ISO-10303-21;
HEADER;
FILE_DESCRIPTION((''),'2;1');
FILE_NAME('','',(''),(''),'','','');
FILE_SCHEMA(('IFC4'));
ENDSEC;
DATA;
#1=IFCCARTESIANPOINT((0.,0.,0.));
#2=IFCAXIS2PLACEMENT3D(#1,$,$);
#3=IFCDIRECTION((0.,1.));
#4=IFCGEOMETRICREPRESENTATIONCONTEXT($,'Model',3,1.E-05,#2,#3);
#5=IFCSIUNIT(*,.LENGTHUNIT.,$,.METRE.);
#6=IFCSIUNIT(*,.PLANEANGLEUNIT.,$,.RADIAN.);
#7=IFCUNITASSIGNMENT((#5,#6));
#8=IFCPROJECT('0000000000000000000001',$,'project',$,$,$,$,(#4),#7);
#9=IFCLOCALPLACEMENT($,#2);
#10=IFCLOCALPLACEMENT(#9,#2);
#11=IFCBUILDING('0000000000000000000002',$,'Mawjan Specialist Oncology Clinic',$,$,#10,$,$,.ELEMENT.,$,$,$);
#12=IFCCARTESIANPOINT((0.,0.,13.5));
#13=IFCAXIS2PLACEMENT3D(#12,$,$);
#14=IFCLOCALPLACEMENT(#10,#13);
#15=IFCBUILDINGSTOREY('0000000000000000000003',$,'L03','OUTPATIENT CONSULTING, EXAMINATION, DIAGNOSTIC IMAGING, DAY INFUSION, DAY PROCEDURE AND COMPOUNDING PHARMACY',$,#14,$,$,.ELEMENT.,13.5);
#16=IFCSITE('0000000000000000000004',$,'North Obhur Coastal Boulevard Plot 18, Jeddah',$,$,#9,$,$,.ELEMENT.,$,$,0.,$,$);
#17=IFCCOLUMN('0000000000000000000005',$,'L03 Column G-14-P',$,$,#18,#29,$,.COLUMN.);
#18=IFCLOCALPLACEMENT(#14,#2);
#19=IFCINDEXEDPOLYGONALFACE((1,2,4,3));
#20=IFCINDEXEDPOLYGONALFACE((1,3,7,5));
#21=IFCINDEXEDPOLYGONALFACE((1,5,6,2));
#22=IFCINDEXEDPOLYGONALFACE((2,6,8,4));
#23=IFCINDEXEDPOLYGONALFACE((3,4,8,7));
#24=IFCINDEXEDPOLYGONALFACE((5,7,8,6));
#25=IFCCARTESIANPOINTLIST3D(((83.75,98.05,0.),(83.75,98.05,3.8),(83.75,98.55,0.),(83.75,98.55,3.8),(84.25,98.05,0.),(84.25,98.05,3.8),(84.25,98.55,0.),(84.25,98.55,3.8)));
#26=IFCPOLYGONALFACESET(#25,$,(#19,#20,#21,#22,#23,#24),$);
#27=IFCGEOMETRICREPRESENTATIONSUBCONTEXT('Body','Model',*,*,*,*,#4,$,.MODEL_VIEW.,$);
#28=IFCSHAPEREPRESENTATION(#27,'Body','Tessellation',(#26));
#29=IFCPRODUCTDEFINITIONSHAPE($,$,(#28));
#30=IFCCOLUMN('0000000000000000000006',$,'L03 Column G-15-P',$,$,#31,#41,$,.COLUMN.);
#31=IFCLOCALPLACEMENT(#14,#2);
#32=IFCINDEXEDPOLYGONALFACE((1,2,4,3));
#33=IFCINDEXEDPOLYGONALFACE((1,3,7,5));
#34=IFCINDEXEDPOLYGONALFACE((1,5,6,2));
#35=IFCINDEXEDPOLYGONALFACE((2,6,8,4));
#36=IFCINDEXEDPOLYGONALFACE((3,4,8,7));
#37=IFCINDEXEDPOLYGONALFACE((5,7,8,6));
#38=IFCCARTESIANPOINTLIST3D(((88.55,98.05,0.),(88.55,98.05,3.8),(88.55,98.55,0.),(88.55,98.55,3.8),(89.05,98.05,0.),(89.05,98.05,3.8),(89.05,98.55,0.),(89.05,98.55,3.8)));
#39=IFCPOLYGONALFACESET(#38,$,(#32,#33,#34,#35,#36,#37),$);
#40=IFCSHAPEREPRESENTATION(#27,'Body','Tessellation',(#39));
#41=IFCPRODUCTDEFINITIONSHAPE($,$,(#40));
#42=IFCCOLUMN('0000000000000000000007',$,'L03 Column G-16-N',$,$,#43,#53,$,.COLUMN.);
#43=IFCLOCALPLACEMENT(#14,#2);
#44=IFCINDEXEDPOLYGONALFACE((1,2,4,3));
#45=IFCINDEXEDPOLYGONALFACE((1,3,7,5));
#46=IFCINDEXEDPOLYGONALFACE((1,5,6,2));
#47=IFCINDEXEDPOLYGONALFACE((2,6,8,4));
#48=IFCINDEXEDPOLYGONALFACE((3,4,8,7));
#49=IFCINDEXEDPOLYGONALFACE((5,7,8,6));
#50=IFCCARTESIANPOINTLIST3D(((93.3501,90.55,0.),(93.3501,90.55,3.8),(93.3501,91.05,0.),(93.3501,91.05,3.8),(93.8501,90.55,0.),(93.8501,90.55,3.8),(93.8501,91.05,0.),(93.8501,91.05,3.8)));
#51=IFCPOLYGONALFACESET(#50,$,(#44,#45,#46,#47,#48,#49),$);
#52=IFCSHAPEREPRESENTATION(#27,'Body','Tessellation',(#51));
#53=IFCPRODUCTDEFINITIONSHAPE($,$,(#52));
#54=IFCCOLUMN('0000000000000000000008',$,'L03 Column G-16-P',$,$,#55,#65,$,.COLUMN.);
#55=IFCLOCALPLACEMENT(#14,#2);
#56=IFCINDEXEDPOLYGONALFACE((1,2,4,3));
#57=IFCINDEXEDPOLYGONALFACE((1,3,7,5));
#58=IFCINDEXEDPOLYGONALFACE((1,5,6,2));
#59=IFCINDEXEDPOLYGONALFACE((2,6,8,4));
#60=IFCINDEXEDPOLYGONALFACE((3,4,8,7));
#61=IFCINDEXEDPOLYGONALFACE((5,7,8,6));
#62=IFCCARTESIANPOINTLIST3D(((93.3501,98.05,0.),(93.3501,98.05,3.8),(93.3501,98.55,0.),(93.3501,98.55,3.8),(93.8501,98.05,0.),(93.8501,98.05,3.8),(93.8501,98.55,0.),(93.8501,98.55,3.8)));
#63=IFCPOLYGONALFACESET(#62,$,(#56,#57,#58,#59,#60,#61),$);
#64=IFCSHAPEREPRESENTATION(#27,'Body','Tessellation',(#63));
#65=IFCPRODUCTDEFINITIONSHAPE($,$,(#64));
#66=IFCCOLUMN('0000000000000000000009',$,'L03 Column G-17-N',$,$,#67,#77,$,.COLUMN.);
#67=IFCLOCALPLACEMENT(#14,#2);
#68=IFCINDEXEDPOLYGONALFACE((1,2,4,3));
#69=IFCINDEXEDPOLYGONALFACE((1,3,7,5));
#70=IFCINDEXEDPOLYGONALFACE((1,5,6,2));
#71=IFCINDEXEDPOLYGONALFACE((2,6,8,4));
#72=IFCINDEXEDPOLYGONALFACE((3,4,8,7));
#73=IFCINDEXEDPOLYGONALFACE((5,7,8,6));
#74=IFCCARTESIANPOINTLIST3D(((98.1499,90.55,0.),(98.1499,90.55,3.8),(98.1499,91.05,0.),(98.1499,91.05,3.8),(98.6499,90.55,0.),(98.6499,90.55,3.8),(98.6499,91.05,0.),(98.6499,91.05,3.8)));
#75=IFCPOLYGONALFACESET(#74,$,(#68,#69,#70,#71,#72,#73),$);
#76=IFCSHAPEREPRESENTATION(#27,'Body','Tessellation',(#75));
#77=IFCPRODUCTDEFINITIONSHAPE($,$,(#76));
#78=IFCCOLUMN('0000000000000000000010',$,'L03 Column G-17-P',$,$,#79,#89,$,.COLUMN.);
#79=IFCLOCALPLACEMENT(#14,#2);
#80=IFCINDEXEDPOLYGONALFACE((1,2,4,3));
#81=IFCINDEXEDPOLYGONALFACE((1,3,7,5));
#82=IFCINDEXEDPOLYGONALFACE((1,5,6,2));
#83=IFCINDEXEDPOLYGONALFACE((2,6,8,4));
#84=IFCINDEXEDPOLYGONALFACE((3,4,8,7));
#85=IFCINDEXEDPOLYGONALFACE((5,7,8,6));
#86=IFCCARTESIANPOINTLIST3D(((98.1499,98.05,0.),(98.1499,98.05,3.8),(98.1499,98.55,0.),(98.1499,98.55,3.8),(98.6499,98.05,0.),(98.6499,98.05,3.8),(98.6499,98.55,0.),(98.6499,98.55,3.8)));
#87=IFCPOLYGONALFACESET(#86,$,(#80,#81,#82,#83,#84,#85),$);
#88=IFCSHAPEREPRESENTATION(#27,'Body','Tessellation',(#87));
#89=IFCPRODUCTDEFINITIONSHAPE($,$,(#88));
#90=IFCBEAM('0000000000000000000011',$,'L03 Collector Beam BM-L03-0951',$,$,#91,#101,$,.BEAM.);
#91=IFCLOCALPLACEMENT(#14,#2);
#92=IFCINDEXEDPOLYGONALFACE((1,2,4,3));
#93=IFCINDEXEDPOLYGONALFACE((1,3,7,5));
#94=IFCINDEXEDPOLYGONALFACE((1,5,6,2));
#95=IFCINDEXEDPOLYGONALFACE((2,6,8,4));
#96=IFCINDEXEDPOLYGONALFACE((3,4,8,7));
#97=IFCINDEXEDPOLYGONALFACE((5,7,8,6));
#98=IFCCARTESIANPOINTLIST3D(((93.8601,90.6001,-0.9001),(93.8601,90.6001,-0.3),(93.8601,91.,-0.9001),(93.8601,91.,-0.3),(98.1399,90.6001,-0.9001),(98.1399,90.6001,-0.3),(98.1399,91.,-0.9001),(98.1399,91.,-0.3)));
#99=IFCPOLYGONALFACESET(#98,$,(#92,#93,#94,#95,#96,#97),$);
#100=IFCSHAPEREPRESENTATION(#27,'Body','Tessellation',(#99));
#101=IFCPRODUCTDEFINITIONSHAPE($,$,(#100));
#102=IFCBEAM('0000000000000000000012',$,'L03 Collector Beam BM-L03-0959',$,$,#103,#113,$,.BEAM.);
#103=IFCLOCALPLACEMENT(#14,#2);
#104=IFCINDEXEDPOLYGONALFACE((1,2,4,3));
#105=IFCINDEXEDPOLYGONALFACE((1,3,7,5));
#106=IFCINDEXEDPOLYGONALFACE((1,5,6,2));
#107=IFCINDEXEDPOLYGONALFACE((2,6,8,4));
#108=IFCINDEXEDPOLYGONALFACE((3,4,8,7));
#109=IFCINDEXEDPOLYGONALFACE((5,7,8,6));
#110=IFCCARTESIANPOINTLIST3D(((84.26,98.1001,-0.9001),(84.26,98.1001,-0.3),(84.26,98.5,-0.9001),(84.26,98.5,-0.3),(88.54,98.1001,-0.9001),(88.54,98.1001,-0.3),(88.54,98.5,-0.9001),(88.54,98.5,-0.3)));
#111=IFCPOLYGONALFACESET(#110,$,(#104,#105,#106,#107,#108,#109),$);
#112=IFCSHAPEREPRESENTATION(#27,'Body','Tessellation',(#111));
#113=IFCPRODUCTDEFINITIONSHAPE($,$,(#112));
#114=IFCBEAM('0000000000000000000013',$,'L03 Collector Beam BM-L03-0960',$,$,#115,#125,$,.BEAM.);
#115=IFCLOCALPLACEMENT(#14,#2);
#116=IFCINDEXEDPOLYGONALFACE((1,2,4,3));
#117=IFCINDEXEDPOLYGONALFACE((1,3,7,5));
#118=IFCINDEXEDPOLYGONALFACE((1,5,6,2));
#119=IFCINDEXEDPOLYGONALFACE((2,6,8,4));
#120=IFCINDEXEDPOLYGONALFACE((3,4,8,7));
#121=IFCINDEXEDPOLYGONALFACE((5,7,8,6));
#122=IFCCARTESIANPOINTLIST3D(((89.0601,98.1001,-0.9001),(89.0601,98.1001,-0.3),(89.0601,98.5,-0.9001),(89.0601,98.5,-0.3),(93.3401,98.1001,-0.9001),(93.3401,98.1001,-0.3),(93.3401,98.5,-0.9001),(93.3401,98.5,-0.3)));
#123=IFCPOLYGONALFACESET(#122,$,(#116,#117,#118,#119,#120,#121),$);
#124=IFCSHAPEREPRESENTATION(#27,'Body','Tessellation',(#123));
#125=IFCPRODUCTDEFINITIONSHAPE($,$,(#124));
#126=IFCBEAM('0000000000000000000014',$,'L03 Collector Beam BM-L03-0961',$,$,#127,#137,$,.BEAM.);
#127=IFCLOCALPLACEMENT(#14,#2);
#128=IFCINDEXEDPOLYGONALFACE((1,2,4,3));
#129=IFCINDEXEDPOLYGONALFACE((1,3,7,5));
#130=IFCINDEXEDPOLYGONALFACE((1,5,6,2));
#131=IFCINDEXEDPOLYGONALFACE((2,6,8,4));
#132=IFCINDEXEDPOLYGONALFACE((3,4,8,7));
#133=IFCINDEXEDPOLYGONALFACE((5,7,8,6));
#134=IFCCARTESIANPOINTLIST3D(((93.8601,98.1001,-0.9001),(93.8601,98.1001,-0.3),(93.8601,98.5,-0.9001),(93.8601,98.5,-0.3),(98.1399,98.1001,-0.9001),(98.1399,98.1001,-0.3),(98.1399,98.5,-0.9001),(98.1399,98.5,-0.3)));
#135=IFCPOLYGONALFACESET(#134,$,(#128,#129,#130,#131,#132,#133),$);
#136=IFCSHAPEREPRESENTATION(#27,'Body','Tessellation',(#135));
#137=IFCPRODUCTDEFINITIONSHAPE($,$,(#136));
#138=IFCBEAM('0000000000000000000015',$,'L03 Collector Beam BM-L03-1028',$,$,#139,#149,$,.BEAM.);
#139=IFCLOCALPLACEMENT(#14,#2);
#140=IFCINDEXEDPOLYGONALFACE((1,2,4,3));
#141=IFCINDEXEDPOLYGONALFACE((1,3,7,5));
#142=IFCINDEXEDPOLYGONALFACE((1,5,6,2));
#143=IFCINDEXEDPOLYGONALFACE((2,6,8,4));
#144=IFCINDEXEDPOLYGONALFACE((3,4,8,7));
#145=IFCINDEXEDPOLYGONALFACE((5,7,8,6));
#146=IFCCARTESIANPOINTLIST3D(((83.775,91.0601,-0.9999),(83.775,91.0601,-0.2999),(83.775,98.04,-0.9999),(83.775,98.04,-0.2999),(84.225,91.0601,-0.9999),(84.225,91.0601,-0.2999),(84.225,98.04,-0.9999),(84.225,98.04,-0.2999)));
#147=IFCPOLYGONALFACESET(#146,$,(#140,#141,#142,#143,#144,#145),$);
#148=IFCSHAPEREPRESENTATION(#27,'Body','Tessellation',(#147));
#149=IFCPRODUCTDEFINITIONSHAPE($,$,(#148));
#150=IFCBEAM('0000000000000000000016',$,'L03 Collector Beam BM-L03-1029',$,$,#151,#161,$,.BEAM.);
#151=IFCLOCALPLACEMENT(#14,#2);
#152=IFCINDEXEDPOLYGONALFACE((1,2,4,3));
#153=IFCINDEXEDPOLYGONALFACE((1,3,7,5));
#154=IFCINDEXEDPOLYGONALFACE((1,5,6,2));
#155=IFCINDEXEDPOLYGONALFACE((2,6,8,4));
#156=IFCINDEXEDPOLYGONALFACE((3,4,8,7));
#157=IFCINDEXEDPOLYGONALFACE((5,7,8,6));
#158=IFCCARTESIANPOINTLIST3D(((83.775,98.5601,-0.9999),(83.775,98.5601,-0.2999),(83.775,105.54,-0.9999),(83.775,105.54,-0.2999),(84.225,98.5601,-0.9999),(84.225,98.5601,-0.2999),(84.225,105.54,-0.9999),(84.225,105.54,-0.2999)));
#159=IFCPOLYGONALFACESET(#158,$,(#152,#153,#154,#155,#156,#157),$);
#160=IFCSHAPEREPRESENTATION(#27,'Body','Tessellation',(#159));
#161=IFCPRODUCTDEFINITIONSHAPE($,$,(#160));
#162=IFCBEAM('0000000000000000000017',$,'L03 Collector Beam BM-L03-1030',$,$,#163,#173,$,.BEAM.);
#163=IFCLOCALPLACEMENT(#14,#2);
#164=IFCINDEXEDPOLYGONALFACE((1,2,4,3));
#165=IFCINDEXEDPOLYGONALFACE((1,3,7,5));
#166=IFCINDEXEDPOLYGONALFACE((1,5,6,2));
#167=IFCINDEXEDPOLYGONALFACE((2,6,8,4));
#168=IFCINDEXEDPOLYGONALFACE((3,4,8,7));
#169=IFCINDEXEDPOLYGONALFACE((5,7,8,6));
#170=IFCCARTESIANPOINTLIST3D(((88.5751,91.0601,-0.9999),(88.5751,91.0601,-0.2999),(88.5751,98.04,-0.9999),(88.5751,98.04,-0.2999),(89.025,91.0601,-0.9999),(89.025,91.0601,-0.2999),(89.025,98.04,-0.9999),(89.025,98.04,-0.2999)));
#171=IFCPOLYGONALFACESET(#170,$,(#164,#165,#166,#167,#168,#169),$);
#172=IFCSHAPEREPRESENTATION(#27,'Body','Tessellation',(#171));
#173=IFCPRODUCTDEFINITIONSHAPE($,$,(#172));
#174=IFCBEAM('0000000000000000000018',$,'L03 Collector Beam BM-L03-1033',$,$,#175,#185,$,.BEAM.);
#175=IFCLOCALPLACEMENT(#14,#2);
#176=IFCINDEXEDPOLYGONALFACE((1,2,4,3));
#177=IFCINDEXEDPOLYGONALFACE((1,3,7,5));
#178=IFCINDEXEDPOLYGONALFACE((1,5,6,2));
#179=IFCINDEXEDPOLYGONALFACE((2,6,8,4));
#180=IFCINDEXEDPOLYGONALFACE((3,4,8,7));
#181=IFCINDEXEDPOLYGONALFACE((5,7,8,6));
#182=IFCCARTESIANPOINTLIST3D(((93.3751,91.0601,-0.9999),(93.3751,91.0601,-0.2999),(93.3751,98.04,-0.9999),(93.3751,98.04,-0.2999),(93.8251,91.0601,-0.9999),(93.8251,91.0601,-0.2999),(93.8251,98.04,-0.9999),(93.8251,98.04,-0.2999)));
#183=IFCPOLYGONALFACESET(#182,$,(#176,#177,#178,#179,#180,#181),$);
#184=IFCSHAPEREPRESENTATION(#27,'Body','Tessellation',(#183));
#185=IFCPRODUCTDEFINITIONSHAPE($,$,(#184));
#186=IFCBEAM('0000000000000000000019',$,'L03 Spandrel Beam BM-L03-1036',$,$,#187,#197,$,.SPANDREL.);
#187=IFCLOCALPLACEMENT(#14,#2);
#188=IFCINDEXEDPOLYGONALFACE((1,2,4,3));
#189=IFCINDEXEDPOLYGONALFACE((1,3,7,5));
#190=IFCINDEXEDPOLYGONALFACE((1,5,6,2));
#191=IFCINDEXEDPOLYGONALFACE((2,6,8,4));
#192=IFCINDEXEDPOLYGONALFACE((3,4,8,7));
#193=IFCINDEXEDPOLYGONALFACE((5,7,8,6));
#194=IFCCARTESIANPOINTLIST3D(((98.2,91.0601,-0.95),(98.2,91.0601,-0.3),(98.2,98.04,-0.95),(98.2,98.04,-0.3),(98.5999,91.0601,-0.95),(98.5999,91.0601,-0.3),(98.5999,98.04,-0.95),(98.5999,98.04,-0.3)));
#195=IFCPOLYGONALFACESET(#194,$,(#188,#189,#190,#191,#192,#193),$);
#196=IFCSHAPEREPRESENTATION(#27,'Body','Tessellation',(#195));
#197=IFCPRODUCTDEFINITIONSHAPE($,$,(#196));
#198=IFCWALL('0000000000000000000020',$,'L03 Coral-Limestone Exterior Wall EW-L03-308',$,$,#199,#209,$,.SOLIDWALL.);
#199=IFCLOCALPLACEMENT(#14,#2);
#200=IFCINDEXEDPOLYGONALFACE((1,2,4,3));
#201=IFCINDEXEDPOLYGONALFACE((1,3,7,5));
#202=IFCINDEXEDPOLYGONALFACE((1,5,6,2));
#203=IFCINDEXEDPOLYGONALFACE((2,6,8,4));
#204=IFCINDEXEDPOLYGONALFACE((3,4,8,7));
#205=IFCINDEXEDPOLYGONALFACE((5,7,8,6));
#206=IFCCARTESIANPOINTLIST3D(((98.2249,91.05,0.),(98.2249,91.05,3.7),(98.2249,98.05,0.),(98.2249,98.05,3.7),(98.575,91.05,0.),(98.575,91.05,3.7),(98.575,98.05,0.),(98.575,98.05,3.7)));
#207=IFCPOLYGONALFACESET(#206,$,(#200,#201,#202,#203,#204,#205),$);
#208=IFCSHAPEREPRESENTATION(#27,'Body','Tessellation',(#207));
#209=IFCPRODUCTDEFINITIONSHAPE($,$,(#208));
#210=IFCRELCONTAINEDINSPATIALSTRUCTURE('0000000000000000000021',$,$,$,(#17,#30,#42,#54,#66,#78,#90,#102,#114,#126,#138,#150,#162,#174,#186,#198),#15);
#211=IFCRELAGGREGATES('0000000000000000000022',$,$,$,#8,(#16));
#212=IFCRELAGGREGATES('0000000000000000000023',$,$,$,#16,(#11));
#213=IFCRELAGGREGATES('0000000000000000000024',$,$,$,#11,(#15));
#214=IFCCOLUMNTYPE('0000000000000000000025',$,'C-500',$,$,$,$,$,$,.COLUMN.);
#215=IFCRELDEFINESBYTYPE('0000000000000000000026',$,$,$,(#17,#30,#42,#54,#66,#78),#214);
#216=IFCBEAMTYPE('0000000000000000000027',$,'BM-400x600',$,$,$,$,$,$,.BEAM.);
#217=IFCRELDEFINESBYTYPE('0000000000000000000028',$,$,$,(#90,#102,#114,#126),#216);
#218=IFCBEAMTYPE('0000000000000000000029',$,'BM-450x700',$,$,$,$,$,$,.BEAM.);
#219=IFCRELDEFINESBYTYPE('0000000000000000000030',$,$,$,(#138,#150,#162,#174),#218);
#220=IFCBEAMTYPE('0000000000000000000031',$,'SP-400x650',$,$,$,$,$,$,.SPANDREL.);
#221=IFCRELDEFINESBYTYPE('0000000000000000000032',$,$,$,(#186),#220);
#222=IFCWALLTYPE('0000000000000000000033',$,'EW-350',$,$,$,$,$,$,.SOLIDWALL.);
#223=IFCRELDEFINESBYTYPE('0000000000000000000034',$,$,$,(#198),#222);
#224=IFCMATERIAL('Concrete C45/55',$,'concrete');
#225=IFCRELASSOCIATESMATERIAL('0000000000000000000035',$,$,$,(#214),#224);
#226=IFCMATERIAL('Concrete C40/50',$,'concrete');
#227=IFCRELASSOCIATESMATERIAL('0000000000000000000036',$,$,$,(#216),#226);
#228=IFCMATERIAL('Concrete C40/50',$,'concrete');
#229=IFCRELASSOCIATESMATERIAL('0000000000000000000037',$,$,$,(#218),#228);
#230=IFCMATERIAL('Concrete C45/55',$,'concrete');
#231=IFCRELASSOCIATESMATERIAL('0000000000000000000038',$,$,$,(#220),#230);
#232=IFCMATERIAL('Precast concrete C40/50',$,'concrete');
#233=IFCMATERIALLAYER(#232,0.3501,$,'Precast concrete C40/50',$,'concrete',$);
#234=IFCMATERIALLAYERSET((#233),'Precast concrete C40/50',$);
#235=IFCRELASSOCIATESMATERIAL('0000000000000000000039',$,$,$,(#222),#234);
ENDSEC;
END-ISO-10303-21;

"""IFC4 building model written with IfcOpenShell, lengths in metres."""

from ifc_helpers import new_model, si_unit, direction, frame, frame_2d, origin, origin_2d, place, context, subcontext, project, spatial, rectangle, extrude, material, layer, layer_set, material_profile, profile_set, type_object, element, save


model = new_model("IFC4")

# Units and contexts
model_context = context("Model", 3, precision=1e-05, world=origin(), true_north=direction((0.0, 1.0)))
body_context = subcontext(model_context, "Body", "Model", "MODEL_VIEW")
ifc_project = project(units=[si_unit("LENGTHUNIT", "METRE"), si_unit("PLANEANGLEUNIT", "RADIAN")], contexts=[model_context])

# Site, building, storey
site_placement = place(None, origin())
site = spatial("IfcSite", under=ifc_project, at=site_placement, Name="North Obhur Coastal Boulevard Plot 18, Jeddah", CompositionType="ELEMENT", RefElevation=0.0)
building_placement = place(site_placement, origin())
building = spatial("IfcBuilding", under=site, at=building_placement, Name="Mawjan Specialist Oncology Clinic", CompositionType="ELEMENT")
storey_placement = place(building_placement, frame((0.0, 0.0, 13.5)))
storey = spatial("IfcBuildingStorey", under=building, at=storey_placement, Name="L03", Description="OUTPATIENT CONSULTING, EXAMINATION, DIAGNOSTIC IMAGING, DAY INFUSION, DAY PROCEDURE AND COMPOUNDING PHARMACY", CompositionType="ELEMENT", Elevation=13.5)

# Columns
ifc_material_1 = material(Name="Concrete C45/55", Category="concrete")
ifc_material_profile_1 = material_profile(ifc_material_1, rectangle(XDim=0.5, YDim=0.5, at=origin_2d()), Name="RC COL 500x500", Category="concrete")
ifc_profile_set_1 = profile_set([ifc_material_profile_1], Name="Concrete C45/55")
column_type = type_object("IfcColumnType", Name="C-500", PredefinedType="COLUMN", material=ifc_profile_set_1)
for number, where, z_axis, x_axis, name in (
    (1, (84.0, 98.3, 0.0), (0.0, 0.0, 1.0), (1.0, 0.0, 0.0), "L03 Column G-14-P"),
    (2, (88.8, 98.3, 0.0), (0.0, 0.0, 1.0), (1.0, 0.0, 0.0), "L03 Column G-15-P"),
    (3, (93.6001, 90.8, 0.0), (0.0, 0.0, 1.0), (1.0, 0.0, 0.0), "L03 Column G-16-N"),
    (4, (93.6001, 98.3, 0.0), (0.0, 0.0, 1.0), (1.0, 0.0, 0.0), "L03 Column G-16-P"),
    (5, (98.3999, 90.8, 0.0), (0.0, 0.0, 1.0), (1.0, 0.0, 0.0), "L03 Column G-17-N"),
    (6, (98.3999, 98.3, 0.0), (0.0, 0.0, 1.0), (1.0, 0.0, 0.0), "L03 Column G-17-P"),
):
    element("IfcColumn", number, at=place(storey_placement, frame(where, z_axis=z_axis, x_axis=x_axis)), inside=storey, type_object=column_type, Name=name, PredefinedType="COLUMN", context=body_context, shape_type="SweptSolid", body=[
        extrude(rectangle(XDim=0.5, YDim=0.5, at=origin_2d()), origin(), (0.0, 0.0, 1.0), 3.8),
    ])

# Beams
ifc_material_2 = material(Name="Concrete C40/50", Category="concrete")
ifc_material_profile_2 = material_profile(ifc_material_2, rectangle(XDim=0.3999, YDim=0.6001, at=origin_2d()), Name="RC BM 400x600", Category="concrete")
ifc_profile_set_2 = profile_set([ifc_material_profile_2], Name="Concrete C40/50")
beam_type_1 = type_object("IfcBeamType", Name="BM-400x600", PredefinedType="BEAM", material=ifc_profile_set_2)
beam_1_placement = place(storey_placement, frame((93.8601, 90.8, -0.6001), z_axis=(1.0, 0.0, 0.0), x_axis=(0.0, 1.0, 0.0)))
element("IfcBeam", 7, at=beam_1_placement, inside=storey, type_object=beam_type_1, Name="L03 Collector Beam BM-L03-0951", PredefinedType="BEAM", context=body_context, shape_type="SweptSolid", body=[
    extrude(rectangle(XDim=0.3999, YDim=0.6001, at=origin_2d()), origin(), (0.0, 0.0, 1.0), 4.2798),
])
for number, where, z_axis, x_axis, name in (
    (8, (84.26, 98.3, -0.6001), (1.0, 0.0, 0.0), (0.0, 1.0, 0.0), "L03 Collector Beam BM-L03-0959"),
    (9, (89.0601, 98.3, -0.6001), (1.0, 0.0, 0.0), (0.0, 1.0, 0.0), "L03 Collector Beam BM-L03-0960"),
):
    element("IfcBeam", number, at=place(storey_placement, frame(where, z_axis=z_axis, x_axis=x_axis)), inside=storey, type_object=beam_type_1, Name=name, PredefinedType="BEAM", context=body_context, shape_type="SweptSolid", body=[
        extrude(rectangle(XDim=0.3999, YDim=0.6001, at=origin_2d()), origin(), (0.0, 0.0, 1.0), 4.28),
    ])
beam_2_placement = place(storey_placement, frame((93.8601, 98.3, -0.6001), z_axis=(1.0, 0.0, 0.0), x_axis=(0.0, 1.0, 0.0)))
element("IfcBeam", 10, at=beam_2_placement, inside=storey, type_object=beam_type_1, Name="L03 Collector Beam BM-L03-0961", PredefinedType="BEAM", context=body_context, shape_type="SweptSolid", body=[
    extrude(rectangle(XDim=0.3999, YDim=0.6001, at=origin_2d()), origin(), (0.0, 0.0, 1.0), 4.2798),
])
ifc_material_3 = material(Name="Concrete C40/50", Category="concrete")
ifc_material_profile_3 = material_profile(ifc_material_3, rectangle(XDim=0.45, YDim=0.7, at=origin_2d()), Name="RC BM 450x700", Category="concrete")
ifc_profile_set_3 = profile_set([ifc_material_profile_3], Name="Concrete C40/50")
beam_type_2 = type_object("IfcBeamType", Name="BM-450x700", PredefinedType="BEAM", material=ifc_profile_set_3)
for number, where, z_axis, x_axis, name in (
    (11, (84.0, 91.0601, -0.6499), (0.0, 1.0, 0.0), (-1.0, 0.0, 0.0), "L03 Collector Beam BM-L03-1028"),
    (12, (84.0, 98.5601, -0.6499), (0.0, 1.0, 0.0), (-1.0, 0.0, 0.0), "L03 Collector Beam BM-L03-1029"),
    (13, (88.8, 91.0601, -0.6499), (0.0, 1.0, 0.0), (-1.0, 0.0, 0.0), "L03 Collector Beam BM-L03-1030"),
    (14, (93.6001, 91.0601, -0.6499), (0.0, 1.0, 0.0), (-1.0, 0.0, 0.0), "L03 Collector Beam BM-L03-1033"),
):
    element("IfcBeam", number, at=place(storey_placement, frame(where, z_axis=z_axis, x_axis=x_axis)), inside=storey, type_object=beam_type_2, Name=name, PredefinedType="BEAM", context=body_context, shape_type="SweptSolid", body=[
        extrude(rectangle(XDim=0.45, YDim=0.7, at=origin_2d()), origin(), (0.0, 0.0, 1.0), 6.98),
    ])
ifc_material_4 = material(Name="Concrete C45/55", Category="concrete")
ifc_material_profile_4 = material_profile(ifc_material_4, rectangle(XDim=0.3999, YDim=0.6499, at=origin_2d()), Name="RC BM 400x650", Category="concrete")
ifc_profile_set_4 = profile_set([ifc_material_profile_4], Name="Concrete C45/55")
beam_type_3 = type_object("IfcBeamType", Name="SP-400x650", PredefinedType="SPANDREL", material=ifc_profile_set_4)
beam_3_placement = place(storey_placement, frame((98.3999, 91.0601, -0.625), z_axis=(0.0, 1.0, 0.0), x_axis=(-1.0, 0.0, 0.0)))
element("IfcBeam", 15, at=beam_3_placement, inside=storey, type_object=beam_type_3, Name="L03 Spandrel Beam BM-L03-1036", PredefinedType="SPANDREL", context=body_context, shape_type="SweptSolid", body=[
    extrude(rectangle(XDim=0.3999, YDim=0.6499, at=origin_2d()), origin(), (0.0, 0.0, 1.0), 6.98),
])

# Wall
ifc_material_5 = material(Name="Precast concrete C40/50", Category="concrete")
ifc_layer_1 = layer(ifc_material_5, 0.3501, Name="Precast concrete C40/50", Category="concrete")
ifc_layer_set_1 = layer_set([ifc_layer_1], Name="Precast concrete C40/50")
wall_type_1 = type_object("IfcWallType", Name="EW-350", PredefinedType="SOLIDWALL", material=ifc_layer_set_1)
wall_1_placement = place(storey_placement, frame((98.3999, 98.05, 0.0), z_axis=(0.0, 0.0, 1.0), x_axis=(0.0, -1.0, 0.0)))
element("IfcWall", 16, at=wall_1_placement, inside=storey, type_object=wall_type_1, Name="L03 Coral-Limestone Exterior Wall EW-L03-308", PredefinedType="SOLIDWALL", context=body_context, shape_type="SweptSolid", body=[
    extrude(rectangle(XDim=7.0, YDim=0.3501, at=frame_2d((3.5, 0.0))), origin(), (0.0, 0.0, 1.0), 3.7),
])

save(model, "model.ifc")
